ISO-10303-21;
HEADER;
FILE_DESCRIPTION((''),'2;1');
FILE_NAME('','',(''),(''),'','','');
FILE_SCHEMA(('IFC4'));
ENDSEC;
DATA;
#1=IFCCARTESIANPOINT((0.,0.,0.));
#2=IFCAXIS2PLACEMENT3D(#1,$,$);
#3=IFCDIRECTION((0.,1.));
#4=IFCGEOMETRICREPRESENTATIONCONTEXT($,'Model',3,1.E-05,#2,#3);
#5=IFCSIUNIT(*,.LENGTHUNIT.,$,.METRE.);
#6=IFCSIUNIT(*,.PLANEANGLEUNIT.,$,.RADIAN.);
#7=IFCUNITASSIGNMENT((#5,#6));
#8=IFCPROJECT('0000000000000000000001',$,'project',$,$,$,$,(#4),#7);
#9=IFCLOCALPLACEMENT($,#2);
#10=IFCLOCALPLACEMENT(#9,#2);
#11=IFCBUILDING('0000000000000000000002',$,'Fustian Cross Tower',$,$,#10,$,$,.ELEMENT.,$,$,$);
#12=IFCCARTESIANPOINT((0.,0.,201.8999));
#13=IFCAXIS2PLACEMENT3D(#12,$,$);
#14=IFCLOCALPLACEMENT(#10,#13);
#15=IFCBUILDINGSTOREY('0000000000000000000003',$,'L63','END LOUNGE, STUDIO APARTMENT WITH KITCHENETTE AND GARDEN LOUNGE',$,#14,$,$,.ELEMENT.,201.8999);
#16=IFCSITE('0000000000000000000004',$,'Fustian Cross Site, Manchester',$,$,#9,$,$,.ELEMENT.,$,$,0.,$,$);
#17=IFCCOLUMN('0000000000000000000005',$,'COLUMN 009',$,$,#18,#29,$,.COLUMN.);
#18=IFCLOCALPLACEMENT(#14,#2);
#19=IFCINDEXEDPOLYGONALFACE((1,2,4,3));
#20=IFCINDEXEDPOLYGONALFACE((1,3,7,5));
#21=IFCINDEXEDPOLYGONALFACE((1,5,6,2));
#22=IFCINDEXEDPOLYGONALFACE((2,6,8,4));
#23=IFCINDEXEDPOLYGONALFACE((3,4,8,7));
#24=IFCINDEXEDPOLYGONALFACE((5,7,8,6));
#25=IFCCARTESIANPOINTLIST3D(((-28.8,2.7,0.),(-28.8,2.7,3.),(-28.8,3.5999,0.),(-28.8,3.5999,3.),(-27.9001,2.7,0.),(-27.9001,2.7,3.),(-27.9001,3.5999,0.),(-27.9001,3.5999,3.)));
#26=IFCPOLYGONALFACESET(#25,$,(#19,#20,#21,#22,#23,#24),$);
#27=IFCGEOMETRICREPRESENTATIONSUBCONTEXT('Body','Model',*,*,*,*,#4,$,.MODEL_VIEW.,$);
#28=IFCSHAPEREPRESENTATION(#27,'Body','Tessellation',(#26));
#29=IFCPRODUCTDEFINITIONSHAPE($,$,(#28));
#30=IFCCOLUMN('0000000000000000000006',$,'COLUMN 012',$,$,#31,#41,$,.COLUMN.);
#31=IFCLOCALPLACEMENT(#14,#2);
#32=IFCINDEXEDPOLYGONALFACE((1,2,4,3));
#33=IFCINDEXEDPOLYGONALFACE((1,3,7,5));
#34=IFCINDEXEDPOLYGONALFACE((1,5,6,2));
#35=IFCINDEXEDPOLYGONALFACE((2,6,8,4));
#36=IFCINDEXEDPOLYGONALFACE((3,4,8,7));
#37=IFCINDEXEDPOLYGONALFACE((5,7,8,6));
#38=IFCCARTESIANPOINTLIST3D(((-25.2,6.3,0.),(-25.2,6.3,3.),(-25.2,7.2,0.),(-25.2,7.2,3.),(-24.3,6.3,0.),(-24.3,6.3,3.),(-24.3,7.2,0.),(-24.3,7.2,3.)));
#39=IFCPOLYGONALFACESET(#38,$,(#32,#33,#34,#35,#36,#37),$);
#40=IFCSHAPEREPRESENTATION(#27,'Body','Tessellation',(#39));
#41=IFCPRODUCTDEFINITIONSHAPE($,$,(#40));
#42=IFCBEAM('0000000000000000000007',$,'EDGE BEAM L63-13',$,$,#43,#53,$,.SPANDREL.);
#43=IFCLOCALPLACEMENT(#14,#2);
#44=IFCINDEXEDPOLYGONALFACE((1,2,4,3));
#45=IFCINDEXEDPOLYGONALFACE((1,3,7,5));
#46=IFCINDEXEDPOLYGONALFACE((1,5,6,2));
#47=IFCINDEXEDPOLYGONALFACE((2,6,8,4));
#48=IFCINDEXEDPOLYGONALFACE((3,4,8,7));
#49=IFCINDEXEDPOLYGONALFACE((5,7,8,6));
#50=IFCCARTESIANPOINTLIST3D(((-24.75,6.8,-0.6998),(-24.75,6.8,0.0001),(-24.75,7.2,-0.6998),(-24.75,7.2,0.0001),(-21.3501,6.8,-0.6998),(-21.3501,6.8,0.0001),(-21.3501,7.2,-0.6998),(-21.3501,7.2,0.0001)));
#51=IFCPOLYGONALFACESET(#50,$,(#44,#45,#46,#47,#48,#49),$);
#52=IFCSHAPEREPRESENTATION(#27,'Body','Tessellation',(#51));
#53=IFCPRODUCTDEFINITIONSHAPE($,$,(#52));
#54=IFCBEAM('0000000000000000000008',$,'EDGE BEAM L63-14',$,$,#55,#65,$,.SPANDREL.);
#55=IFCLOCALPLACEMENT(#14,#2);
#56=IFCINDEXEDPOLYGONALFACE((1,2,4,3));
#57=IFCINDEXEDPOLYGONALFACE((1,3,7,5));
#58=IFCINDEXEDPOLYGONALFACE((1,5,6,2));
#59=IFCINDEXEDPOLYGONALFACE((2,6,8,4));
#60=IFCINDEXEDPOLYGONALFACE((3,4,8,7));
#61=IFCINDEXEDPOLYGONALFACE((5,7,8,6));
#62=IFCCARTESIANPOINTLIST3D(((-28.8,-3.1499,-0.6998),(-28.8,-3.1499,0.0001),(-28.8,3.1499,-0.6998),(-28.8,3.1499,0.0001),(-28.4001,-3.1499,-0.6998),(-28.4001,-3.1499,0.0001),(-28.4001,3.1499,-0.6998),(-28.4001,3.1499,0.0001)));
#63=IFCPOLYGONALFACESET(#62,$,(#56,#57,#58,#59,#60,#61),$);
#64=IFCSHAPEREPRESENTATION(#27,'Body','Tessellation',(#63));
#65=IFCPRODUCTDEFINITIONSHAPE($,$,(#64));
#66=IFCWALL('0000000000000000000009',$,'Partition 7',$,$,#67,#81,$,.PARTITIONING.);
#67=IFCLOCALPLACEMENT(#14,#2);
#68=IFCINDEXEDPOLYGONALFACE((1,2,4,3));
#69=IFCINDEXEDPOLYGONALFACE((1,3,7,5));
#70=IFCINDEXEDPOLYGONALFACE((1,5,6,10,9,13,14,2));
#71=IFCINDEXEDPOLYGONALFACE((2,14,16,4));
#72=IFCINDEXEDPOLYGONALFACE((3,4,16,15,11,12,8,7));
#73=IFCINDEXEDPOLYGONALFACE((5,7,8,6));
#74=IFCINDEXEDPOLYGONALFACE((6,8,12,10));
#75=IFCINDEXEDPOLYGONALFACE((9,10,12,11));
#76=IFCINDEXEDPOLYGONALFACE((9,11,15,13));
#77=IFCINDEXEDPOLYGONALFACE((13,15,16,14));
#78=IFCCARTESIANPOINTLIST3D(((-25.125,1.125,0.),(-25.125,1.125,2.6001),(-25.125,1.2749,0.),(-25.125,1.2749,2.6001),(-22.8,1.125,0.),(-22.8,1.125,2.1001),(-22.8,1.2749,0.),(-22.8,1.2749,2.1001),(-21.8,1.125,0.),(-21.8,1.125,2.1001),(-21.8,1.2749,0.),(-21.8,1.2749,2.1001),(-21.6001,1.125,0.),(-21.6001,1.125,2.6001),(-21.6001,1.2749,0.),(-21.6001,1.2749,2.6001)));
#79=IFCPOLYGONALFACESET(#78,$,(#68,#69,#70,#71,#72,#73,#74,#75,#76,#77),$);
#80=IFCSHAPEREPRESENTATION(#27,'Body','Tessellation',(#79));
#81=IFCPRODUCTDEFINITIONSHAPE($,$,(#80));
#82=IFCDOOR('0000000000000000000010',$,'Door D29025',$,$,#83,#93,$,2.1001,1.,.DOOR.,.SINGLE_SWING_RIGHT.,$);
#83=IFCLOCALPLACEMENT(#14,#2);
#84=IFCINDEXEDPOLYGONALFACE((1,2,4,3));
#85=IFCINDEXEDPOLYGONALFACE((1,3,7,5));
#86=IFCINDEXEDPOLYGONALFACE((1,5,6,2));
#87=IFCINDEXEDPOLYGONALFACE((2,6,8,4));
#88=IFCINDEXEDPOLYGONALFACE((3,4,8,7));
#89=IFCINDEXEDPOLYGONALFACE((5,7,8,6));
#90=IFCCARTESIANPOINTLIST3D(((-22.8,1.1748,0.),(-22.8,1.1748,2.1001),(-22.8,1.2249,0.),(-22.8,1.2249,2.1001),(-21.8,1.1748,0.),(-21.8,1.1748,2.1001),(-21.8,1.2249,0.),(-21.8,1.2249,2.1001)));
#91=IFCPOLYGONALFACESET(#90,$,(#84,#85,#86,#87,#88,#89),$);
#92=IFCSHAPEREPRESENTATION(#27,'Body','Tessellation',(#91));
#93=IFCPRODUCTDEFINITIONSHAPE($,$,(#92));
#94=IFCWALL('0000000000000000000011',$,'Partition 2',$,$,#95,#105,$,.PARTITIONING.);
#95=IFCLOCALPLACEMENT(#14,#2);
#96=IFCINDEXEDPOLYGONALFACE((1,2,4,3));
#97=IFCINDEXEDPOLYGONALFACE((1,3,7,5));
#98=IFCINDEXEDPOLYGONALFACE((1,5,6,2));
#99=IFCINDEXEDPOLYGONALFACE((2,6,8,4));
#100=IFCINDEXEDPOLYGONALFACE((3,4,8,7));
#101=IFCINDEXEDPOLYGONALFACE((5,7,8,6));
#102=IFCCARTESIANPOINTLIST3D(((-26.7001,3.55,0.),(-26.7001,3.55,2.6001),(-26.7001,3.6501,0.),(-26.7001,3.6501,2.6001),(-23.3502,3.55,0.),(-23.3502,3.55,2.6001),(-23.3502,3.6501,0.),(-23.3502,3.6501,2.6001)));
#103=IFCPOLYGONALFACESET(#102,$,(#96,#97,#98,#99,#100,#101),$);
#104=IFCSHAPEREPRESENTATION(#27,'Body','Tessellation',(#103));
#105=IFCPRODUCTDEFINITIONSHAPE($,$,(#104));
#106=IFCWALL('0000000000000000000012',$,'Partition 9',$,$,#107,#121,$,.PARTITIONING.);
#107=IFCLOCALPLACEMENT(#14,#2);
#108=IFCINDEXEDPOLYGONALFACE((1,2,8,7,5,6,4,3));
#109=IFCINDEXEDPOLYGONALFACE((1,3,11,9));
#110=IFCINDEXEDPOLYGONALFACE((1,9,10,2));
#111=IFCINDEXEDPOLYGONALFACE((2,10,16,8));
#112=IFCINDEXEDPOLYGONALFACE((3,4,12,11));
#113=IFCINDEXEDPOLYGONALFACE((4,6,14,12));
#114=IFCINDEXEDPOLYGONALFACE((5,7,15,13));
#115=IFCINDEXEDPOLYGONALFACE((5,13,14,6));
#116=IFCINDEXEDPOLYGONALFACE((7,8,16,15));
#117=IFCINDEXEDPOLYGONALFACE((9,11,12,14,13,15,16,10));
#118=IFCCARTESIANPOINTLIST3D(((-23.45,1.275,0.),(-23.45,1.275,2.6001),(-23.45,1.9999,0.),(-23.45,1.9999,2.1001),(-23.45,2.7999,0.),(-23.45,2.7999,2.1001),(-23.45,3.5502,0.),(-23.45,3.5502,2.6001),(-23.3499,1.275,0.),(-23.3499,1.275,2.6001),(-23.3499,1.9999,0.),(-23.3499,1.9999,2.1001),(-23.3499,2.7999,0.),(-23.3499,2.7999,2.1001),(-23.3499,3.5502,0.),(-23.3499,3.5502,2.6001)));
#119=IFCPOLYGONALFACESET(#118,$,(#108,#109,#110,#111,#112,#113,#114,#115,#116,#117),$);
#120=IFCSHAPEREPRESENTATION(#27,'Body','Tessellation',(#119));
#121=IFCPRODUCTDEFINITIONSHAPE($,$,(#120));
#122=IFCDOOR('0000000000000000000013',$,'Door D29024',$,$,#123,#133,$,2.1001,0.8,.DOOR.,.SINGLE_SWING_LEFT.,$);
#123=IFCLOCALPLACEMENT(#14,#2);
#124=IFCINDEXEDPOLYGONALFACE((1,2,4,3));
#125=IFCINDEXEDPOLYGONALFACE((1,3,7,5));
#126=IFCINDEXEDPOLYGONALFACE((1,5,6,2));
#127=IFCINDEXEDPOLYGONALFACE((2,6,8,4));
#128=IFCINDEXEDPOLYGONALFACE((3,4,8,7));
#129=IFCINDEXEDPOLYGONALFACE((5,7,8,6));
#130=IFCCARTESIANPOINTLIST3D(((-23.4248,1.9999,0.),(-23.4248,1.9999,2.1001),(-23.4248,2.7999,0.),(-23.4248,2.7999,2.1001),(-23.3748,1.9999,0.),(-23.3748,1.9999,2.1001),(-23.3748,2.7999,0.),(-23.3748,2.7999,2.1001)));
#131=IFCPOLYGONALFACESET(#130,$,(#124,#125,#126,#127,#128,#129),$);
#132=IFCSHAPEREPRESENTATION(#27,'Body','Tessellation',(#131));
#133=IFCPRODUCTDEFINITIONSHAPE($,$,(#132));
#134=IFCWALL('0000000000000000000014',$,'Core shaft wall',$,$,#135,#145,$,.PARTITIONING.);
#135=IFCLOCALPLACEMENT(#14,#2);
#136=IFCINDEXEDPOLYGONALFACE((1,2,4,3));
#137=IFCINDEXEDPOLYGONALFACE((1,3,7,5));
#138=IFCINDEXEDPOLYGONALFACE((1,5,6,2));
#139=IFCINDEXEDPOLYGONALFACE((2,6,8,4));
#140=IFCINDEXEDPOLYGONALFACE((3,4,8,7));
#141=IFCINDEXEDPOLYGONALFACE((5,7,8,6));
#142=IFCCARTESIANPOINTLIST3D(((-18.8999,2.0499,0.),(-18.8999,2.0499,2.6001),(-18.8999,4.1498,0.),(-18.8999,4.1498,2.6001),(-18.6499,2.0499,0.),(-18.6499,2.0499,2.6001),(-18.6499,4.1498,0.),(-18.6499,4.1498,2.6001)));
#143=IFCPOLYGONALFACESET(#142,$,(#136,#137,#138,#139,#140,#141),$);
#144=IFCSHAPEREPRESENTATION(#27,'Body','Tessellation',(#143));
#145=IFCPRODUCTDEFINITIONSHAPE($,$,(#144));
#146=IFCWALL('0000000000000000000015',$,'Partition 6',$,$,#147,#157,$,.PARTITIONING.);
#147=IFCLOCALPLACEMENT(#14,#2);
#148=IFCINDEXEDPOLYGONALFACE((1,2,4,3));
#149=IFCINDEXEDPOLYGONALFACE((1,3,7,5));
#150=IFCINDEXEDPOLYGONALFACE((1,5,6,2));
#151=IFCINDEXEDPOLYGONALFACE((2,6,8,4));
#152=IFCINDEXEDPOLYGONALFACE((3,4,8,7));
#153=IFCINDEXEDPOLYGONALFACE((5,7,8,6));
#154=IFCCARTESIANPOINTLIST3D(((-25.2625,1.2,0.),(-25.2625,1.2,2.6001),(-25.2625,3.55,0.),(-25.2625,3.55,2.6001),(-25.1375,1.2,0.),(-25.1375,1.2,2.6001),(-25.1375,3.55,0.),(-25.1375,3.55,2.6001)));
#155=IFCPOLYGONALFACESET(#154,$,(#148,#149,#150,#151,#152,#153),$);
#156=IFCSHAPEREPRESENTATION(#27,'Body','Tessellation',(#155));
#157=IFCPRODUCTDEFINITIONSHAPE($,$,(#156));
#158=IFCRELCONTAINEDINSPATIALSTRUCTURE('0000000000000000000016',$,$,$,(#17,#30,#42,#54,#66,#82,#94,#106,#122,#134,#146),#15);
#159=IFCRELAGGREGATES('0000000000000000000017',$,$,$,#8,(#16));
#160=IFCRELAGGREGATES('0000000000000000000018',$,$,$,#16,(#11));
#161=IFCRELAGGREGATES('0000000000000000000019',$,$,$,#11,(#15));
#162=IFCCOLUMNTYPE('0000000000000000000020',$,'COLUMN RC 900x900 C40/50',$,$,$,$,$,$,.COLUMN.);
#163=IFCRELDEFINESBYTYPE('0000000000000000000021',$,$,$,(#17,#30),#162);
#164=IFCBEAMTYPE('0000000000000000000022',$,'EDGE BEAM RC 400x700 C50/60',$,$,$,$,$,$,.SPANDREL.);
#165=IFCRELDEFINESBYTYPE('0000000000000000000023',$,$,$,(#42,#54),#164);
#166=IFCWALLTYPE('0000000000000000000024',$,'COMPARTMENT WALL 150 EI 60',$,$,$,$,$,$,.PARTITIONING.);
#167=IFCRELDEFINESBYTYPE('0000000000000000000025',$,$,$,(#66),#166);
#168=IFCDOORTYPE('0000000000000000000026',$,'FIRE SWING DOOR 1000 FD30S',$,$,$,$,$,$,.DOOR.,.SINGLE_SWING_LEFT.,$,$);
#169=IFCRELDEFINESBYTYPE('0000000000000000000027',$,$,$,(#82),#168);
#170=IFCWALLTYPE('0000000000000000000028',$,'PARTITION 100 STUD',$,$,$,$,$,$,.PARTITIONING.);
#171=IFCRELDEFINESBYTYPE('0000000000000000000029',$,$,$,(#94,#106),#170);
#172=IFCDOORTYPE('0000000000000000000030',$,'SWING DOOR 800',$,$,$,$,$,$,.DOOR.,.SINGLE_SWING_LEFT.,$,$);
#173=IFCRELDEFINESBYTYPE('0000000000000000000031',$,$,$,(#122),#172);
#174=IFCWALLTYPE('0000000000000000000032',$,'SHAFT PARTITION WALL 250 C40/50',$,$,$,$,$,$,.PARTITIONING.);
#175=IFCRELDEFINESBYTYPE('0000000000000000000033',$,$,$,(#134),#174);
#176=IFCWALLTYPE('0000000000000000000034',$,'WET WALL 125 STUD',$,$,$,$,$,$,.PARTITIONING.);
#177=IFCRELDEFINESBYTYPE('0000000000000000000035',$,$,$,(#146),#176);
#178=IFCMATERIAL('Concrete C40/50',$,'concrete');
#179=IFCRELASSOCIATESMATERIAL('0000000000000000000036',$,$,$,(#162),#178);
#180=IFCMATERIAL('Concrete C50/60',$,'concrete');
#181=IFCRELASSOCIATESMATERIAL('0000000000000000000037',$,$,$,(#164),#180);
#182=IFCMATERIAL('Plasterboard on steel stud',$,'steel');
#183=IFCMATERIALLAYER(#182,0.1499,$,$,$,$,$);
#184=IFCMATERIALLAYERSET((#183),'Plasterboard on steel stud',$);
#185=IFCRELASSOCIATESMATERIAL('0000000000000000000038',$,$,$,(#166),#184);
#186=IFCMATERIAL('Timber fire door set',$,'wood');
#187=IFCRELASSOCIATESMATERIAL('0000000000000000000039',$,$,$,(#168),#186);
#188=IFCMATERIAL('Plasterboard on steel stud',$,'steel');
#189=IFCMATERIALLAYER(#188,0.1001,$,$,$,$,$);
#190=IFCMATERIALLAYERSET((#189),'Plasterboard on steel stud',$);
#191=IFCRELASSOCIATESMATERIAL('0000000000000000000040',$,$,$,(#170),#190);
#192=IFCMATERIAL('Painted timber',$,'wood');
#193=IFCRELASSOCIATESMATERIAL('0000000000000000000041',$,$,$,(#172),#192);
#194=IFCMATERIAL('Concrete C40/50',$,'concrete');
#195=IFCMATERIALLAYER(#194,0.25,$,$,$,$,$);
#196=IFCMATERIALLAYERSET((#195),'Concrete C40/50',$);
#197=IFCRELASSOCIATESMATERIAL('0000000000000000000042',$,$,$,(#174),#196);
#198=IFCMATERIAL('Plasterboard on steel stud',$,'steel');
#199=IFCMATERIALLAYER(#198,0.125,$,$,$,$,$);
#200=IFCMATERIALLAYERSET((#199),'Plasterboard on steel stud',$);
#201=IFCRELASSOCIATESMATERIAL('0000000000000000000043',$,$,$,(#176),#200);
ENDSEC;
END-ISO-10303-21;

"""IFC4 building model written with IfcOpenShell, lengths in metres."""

from ifc_helpers import new_model, si_unit, direction, frame, frame_2d, origin, origin_2d, place, context, subcontext, project, spatial, rectangle, extrude, material, layer, layer_set, material_profile, profile_set, type_object, element, fill, save


model = new_model("IFC4")

# Units and contexts
model_context = context("Model", 3, precision=1e-05, world=origin(), true_north=direction((0.0, 1.0)))
body_context = subcontext(model_context, "Body", "Model", "MODEL_VIEW")
ifc_project = project(units=[si_unit("LENGTHUNIT", "METRE"), si_unit("PLANEANGLEUNIT", "RADIAN")], contexts=[model_context])

# Site, building, storey
site_placement = place(None, origin())
site = spatial("IfcSite", under=ifc_project, at=site_placement, Name="Fustian Cross Site, Manchester", CompositionType="ELEMENT", RefElevation=0.0)
building_placement = place(site_placement, origin())
building = spatial("IfcBuilding", under=site, at=building_placement, Name="Fustian Cross Tower", CompositionType="ELEMENT")
storey_placement = place(building_placement, frame((0.0, 0.0, 201.8999)))
storey = spatial("IfcBuildingStorey", under=building, at=storey_placement, Name="L63", Description="END LOUNGE, STUDIO APARTMENT WITH KITCHENETTE AND GARDEN LOUNGE", CompositionType="ELEMENT", Elevation=201.8999)

# Columns
ifc_material_1 = material(Name="Concrete C40/50", Category="concrete")
ifc_material_profile_1 = material_profile(ifc_material_1, rectangle(XDim=0.8999, YDim=0.8999, at=origin_2d()), Name="RC 900x900")
ifc_profile_set_1 = profile_set([ifc_material_profile_1], Name="Concrete C40/50")
column_type = type_object("IfcColumnType", Name="COLUMN RC 900x900 C40/50", PredefinedType="COLUMN", material=ifc_profile_set_1)
for number, where, z_axis, x_axis, name in (
    (1, (-28.3501, 3.1499, 0.0), (0.0, 0.0, 1.0), (1.0, 0.0, 0.0), "COLUMN 009"),
    (2, (-24.75, 6.75, 0.0), (0.0, 0.0, 1.0), (1.0, 0.0, 0.0), "COLUMN 012"),
):
    element("IfcColumn", number, at=place(storey_placement, frame(where, z_axis=z_axis, x_axis=x_axis)), inside=storey, type_object=column_type, Name=name, PredefinedType="COLUMN", context=body_context, shape_type="SweptSolid", body=[
        extrude(rectangle(XDim=0.8999, YDim=0.8999, at=origin_2d()), origin(), (0.0, 0.0, 1.0), 3.0),
    ])

# Beams
ifc_material_2 = material(Name="Concrete C50/60", Category="concrete")
ifc_material_profile_2 = material_profile(ifc_material_2, rectangle(XDim=0.3999, YDim=0.7, at=origin_2d()), Name="RC 400x700")
ifc_profile_set_2 = profile_set([ifc_material_profile_2], Name="Concrete C50/60")
beam_type = type_object("IfcBeamType", Name="EDGE BEAM RC 400x700 C50/60", PredefinedType="SPANDREL", material=ifc_profile_set_2)
beam_1_placement = place(storey_placement, frame((-21.3501, 7.0, -0.3499), z_axis=(-1.0, 0.0, 0.0), x_axis=(0.0, -1.0, 0.0)))
element("IfcBeam", 3, at=beam_1_placement, inside=storey, type_object=beam_type, Name="EDGE BEAM L63-13", PredefinedType="SPANDREL", context=body_context, shape_type="SweptSolid", body=[
    extrude(rectangle(XDim=0.3999, YDim=0.7, at=origin_2d()), origin(), (0.0, 0.0, 1.0), 3.3999),
])
beam_2_placement = place(storey_placement, frame((-28.6001, 3.1499, -0.3499), z_axis=(0.0, -1.0, 0.0), x_axis=(1.0, 0.0, 0.0)))
element("IfcBeam", 4, at=beam_2_placement, inside=storey, type_object=beam_type, Name="EDGE BEAM L63-14", PredefinedType="SPANDREL", context=body_context, shape_type="SweptSolid", body=[
    extrude(rectangle(XDim=0.3999, YDim=0.7, at=origin_2d()), origin(), (0.0, 0.0, 1.0), 6.2998),
])

# Wall, opening, door
ifc_material_3 = material(Name="Plasterboard on steel stud", Category="steel")
ifc_layer_1 = layer(ifc_material_3, 0.1499)
ifc_layer_set_1 = layer_set([ifc_layer_1], Name="Plasterboard on steel stud")
wall_type_1 = type_object("IfcWallType", Name="COMPARTMENT WALL 150 EI 60", PredefinedType="PARTITIONING", material=ifc_layer_set_1)
wall_1_placement = place(storey_placement, frame((-25.125, 1.2, 0.0), z_axis=(0.0, 0.0, 1.0), x_axis=(1.0, 0.0, 0.0)))
wall_1 = element("IfcWall", 5, at=wall_1_placement, inside=storey, type_object=wall_type_1, Name="Partition 7", PredefinedType="PARTITIONING", context=body_context, shape_type="SweptSolid", body=[
    extrude(rectangle(XDim=3.5249, YDim=0.1499, at=frame_2d((1.7625, 0.0))), origin(), (0.0, 0.0, 1.0), 2.6001),
])
opening_1_placement = place(wall_1_placement, frame((2.325, 0.0, 0.0)))
opening_1 = element("IfcOpeningElement", 6, at=opening_1_placement, cuts=wall_1, PredefinedType="OPENING", context=body_context, shape_type="SweptSolid", body=[
    extrude(rectangle(XDim=1.0, YDim=2.1001, at=frame_2d((0.5, 1.05))), frame((0.0, 0.085, 0.0), z_axis=(0.0, -1.0, 0.0), x_axis=(1.0, 0.0, 0.0)), (0.0, 0.0, 1.0), 0.1699),
])
ifc_material_4 = material(Name="Timber fire door set", Category="wood")
door_type_1 = type_object("IfcDoorType", Name="FIRE SWING DOOR 1000 FD30S", OperationType="SINGLE_SWING_LEFT", PredefinedType="DOOR", material=ifc_material_4)
door_1_placement = place(opening_1_placement, origin())
door_1 = element("IfcDoor", 7, at=door_1_placement, inside=storey, type_object=door_type_1, Name="Door D29025", OperationType="SINGLE_SWING_RIGHT", OverallHeight=2.1001, OverallWidth=1.0, PredefinedType="DOOR", context=body_context, shape_type="SweptSolid", body=[
    extrude(rectangle(XDim=1.0, YDim=2.1001, at=frame_2d((0.5, 1.05))), frame((0.0, 0.0249, 0.0), z_axis=(0.0, -1.0, 0.0), x_axis=(1.0, 0.0, 0.0)), (0.0, 0.0, 1.0), 0.05),
])
fill(opening_1, door_1)

# Wall
ifc_material_5 = material(Name="Plasterboard on steel stud", Category="steel")
ifc_layer_2 = layer(ifc_material_5, 0.1001)
ifc_layer_set_2 = layer_set([ifc_layer_2], Name="Plasterboard on steel stud")
wall_type_2 = type_object("IfcWallType", Name="PARTITION 100 STUD", PredefinedType="PARTITIONING", material=ifc_layer_set_2)
wall_2_placement = place(storey_placement, frame((-26.7, 3.6001, 0.0), z_axis=(0.0, 0.0, 1.0), x_axis=(1.0, 0.0, 0.0)))
element("IfcWall", 8, at=wall_2_placement, inside=storey, type_object=wall_type_2, Name="Partition 2", PredefinedType="PARTITIONING", context=body_context, shape_type="SweptSolid", body=[
    extrude(rectangle(XDim=3.3499, YDim=0.1001, at=frame_2d((1.6748, 0.0))), origin(), (0.0, 0.0, 1.0), 2.6001),
])

# Wall, opening, door
wall_3_placement = place(storey_placement, frame((-23.3999, 1.2749, 0.0), z_axis=(0.0, 0.0, 1.0), x_axis=(0.0, 1.0, 0.0)))
wall_3 = element("IfcWall", 9, at=wall_3_placement, inside=storey, type_object=wall_type_2, Name="Partition 9", PredefinedType="PARTITIONING", context=body_context, shape_type="SweptSolid", body=[
    extrude(rectangle(XDim=2.2751, YDim=0.1001, at=frame_2d((1.1377, 0.0))), origin(), (0.0, 0.0, 1.0), 2.6001),
])
opening_2_placement = place(wall_3_placement, frame((0.7251, 0.0, 0.0)))
opening_2 = element("IfcOpeningElement", 10, at=opening_2_placement, cuts=wall_3, PredefinedType="OPENING", context=body_context, shape_type="SweptSolid", body=[
    extrude(rectangle(XDim=0.8, YDim=2.1001, at=frame_2d((0.3999, 1.05))), frame((0.0, 0.0601, 0.0), z_axis=(0.0, -1.0, 0.0), x_axis=(1.0, 0.0, 0.0)), (0.0, 0.0, 1.0), 0.1201),
])
ifc_material_6 = material(Name="Painted timber", Category="wood")
door_type_2 = type_object("IfcDoorType", Name="SWING DOOR 800", OperationType="SINGLE_SWING_LEFT", PredefinedType="DOOR", material=ifc_material_6)
door_2_placement = place(opening_2_placement, origin())
door_2 = element("IfcDoor", 11, at=door_2_placement, inside=storey, type_object=door_type_2, Name="Door D29024", OperationType="SINGLE_SWING_LEFT", OverallHeight=2.1001, OverallWidth=0.8, PredefinedType="DOOR", context=body_context, shape_type="SweptSolid", body=[
    extrude(rectangle(XDim=0.8, YDim=2.1001, at=frame_2d((0.3999, 1.05))), frame((0.0, 0.0249, 0.0), z_axis=(0.0, -1.0, 0.0), x_axis=(1.0, 0.0, 0.0)), (0.0, 0.0, 1.0), 0.05),
])
fill(opening_2, door_2)

# Walls
ifc_material_7 = material(Name="Concrete C40/50", Category="concrete")
ifc_layer_3 = layer(ifc_material_7, 0.25)
ifc_layer_set_3 = layer_set([ifc_layer_3], Name="Concrete C40/50")
wall_type_3 = type_object("IfcWallType", Name="SHAFT PARTITION WALL 250 C40/50", PredefinedType="PARTITIONING", material=ifc_layer_set_3)
wall_4_placement = place(storey_placement, frame((-18.7749, 2.05, 0.0), z_axis=(0.0, 0.0, 1.0), x_axis=(0.0, 1.0, 0.0)))
element("IfcWall", 12, at=wall_4_placement, inside=storey, type_object=wall_type_3, Name="Core shaft wall", PredefinedType="PARTITIONING", context=body_context, shape_type="SweptSolid", body=[
    extrude(rectangle(XDim=2.0999, YDim=0.25, at=frame_2d((1.0498, 0.0))), origin(), (0.0, 0.0, 1.0), 2.6001),
])
ifc_material_8 = material(Name="Plasterboard on steel stud", Category="steel")
ifc_layer_4 = layer(ifc_material_8, 0.125)
ifc_layer_set_4 = layer_set([ifc_layer_4], Name="Plasterboard on steel stud")
wall_type_4 = type_object("IfcWallType", Name="WET WALL 125 STUD", PredefinedType="PARTITIONING", material=ifc_layer_set_4)
wall_5_placement = place(storey_placement, frame((-25.2, 1.2, 0.0), z_axis=(0.0, 0.0, 1.0), x_axis=(0.0, 1.0, 0.0)))
element("IfcWall", 13, at=wall_5_placement, inside=storey, type_object=wall_type_4, Name="Partition 6", PredefinedType="PARTITIONING", context=body_context, shape_type="SweptSolid", body=[
    extrude(rectangle(XDim=2.3501, YDim=0.125, at=frame_2d((1.175, 0.0))), origin(), (0.0, 0.0, 1.0), 2.6001),
])

save(model, "model.ifc")
